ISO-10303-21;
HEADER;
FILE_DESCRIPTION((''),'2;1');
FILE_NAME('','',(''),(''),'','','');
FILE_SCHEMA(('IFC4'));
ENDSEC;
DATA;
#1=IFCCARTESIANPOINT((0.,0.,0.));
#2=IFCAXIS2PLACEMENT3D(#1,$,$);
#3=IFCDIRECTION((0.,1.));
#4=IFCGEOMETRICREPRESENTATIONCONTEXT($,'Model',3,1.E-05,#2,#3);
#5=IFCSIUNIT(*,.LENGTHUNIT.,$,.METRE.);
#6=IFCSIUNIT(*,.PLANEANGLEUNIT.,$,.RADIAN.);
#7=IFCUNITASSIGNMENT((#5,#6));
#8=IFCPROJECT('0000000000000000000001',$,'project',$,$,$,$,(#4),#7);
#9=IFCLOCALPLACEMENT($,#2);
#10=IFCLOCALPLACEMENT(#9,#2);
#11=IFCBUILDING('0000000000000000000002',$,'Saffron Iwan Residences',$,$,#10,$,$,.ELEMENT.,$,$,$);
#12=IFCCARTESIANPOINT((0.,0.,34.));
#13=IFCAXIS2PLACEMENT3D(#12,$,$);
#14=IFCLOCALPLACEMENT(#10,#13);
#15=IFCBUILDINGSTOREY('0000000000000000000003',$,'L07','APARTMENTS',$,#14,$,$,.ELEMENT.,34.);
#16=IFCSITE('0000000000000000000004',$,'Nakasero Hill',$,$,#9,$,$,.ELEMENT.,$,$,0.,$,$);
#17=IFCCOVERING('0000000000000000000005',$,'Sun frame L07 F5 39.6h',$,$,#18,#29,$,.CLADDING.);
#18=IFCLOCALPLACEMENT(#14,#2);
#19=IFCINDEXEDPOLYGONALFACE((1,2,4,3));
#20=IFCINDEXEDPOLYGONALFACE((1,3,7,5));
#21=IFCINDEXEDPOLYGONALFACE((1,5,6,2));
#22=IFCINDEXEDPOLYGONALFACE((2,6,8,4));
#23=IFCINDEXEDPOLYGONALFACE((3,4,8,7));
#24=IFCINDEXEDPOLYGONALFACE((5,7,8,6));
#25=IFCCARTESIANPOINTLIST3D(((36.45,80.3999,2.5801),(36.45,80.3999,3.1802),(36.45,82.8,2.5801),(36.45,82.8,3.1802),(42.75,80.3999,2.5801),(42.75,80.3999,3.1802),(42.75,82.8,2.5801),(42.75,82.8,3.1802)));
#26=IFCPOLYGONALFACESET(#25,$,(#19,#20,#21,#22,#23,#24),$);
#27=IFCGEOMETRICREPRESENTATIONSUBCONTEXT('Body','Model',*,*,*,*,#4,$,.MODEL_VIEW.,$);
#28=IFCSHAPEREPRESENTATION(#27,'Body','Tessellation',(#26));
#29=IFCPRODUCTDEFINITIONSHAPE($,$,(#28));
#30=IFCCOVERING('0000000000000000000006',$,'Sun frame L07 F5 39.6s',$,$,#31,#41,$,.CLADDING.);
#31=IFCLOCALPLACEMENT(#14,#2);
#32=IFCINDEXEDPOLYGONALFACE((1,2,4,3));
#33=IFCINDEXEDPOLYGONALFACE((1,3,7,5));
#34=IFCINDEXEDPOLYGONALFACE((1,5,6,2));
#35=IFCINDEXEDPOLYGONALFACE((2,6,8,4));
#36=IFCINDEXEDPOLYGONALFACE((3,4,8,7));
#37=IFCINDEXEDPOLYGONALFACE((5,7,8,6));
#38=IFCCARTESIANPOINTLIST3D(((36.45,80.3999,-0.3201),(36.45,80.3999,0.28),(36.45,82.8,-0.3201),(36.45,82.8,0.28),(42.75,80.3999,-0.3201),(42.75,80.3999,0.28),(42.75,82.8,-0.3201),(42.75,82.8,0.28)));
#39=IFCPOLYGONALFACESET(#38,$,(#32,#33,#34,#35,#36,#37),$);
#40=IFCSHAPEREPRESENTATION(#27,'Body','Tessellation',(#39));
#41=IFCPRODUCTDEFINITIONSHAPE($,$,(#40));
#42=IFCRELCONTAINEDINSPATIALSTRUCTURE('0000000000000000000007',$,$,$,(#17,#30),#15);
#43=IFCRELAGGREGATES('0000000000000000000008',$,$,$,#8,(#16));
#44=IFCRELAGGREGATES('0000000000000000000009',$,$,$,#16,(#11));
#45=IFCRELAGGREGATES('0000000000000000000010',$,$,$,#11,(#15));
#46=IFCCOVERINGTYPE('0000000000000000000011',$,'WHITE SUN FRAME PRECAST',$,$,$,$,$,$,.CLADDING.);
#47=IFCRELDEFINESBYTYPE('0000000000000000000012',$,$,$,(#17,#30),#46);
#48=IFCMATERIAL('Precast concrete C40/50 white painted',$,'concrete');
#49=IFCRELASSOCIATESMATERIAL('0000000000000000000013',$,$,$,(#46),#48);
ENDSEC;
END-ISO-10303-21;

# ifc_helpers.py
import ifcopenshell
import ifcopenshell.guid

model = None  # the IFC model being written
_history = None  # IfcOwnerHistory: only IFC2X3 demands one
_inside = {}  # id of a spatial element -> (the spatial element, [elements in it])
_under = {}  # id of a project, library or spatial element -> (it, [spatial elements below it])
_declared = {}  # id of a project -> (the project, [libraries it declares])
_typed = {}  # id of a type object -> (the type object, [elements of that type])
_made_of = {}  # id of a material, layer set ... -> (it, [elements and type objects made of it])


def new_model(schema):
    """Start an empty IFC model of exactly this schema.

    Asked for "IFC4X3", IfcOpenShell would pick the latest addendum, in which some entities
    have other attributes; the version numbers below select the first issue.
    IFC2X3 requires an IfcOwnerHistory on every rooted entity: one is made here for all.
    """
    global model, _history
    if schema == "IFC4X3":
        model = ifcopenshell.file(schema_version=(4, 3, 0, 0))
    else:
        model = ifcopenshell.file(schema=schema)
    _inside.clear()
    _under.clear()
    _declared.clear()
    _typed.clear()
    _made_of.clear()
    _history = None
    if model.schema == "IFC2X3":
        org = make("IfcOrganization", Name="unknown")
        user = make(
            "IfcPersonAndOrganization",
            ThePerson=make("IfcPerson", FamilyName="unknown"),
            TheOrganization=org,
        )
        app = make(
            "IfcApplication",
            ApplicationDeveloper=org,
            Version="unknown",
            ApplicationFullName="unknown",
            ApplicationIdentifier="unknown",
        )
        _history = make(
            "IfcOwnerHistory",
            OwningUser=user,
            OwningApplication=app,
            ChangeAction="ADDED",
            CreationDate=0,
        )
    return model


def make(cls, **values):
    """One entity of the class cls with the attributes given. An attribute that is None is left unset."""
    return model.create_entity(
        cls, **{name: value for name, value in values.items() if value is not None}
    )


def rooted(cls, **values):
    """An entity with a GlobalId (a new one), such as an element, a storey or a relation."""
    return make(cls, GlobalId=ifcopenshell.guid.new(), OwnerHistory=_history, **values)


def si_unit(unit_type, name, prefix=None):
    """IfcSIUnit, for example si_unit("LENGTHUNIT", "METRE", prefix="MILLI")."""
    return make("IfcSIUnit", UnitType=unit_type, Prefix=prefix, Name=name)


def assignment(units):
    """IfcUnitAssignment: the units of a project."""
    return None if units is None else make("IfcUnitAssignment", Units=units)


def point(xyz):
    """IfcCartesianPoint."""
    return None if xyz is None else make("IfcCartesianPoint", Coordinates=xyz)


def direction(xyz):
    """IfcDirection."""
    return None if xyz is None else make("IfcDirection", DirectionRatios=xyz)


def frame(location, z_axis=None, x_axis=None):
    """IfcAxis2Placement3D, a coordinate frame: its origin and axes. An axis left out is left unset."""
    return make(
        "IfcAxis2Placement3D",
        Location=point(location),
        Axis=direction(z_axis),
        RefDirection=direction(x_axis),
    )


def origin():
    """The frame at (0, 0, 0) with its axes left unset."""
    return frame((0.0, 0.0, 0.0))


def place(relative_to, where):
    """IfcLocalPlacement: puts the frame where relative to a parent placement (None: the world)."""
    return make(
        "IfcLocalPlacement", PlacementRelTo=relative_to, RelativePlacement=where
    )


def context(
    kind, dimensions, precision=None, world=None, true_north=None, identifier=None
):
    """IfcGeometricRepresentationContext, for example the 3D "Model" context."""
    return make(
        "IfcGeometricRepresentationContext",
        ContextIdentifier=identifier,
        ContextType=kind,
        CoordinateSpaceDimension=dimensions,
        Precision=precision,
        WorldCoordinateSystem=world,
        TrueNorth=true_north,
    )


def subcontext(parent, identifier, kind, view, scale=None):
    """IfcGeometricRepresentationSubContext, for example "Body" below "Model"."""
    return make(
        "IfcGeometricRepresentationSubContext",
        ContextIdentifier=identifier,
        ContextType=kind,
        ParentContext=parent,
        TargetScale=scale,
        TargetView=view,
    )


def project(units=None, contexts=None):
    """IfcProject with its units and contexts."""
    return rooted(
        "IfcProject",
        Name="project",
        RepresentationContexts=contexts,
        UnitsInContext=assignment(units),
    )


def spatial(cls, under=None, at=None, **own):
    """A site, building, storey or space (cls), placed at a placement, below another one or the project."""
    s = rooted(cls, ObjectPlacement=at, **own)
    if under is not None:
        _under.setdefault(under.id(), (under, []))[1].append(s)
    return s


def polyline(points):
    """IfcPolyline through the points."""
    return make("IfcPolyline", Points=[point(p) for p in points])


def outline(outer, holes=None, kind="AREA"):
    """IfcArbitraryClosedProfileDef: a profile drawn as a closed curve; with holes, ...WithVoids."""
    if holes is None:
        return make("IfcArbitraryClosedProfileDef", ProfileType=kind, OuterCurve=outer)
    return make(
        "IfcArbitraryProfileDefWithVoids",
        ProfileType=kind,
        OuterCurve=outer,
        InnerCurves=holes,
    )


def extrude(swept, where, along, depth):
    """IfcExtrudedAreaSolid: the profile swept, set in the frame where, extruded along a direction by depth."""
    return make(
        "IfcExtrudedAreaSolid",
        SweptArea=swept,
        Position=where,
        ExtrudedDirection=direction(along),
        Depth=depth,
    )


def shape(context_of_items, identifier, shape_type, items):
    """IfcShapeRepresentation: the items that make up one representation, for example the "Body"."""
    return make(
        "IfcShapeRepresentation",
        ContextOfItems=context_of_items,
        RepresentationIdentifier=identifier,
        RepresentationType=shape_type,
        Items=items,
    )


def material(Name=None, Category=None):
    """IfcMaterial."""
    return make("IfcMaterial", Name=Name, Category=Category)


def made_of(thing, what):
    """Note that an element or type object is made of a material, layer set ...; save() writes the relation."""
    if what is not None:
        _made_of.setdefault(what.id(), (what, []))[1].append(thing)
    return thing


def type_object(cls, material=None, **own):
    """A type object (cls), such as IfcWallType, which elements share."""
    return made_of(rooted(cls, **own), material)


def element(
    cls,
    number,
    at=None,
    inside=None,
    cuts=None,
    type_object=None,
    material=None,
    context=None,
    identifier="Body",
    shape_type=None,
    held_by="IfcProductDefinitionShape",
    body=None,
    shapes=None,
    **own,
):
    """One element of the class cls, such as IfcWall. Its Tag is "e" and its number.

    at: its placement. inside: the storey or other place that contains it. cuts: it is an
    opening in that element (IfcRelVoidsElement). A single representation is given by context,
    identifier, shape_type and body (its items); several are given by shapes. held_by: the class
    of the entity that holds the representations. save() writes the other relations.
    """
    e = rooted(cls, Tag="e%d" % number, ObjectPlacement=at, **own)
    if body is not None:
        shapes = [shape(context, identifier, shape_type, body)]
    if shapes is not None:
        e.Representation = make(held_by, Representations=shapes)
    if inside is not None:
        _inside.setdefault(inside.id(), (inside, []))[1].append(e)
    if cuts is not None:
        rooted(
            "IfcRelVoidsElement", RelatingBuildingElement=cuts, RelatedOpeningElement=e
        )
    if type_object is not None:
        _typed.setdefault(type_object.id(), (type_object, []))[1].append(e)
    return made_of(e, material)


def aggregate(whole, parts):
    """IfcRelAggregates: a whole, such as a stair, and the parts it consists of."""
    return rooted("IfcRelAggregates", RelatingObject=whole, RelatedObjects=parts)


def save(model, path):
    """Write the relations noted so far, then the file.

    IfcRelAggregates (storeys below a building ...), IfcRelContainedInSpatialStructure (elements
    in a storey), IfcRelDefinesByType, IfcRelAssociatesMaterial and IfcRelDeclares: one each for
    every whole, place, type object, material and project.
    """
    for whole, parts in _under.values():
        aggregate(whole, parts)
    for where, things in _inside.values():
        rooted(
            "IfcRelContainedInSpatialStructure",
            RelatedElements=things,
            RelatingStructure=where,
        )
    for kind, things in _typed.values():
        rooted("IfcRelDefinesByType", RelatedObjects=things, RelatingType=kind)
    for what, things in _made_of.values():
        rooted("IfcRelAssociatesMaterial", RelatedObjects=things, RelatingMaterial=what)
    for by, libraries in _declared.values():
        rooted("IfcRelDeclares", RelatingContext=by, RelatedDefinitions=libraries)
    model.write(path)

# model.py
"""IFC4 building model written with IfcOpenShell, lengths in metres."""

from ifc_helpers import new_model, si_unit, direction, frame, origin, place, context, subcontext, project, spatial, polyline, outline, extrude, material, type_object, element, save


model = new_model("IFC4")

# Units and contexts
model_context = context("Model", 3, precision=1e-05, world=origin(), true_north=direction((0.0, 1.0)))
body_context = subcontext(model_context, "Body", "Model", "MODEL_VIEW")
ifc_project = project(units=[si_unit("LENGTHUNIT", "METRE"), si_unit("PLANEANGLEUNIT", "RADIAN")], contexts=[model_context])

# Site, building, storey
site_placement = place(None, origin())
site = spatial("IfcSite", under=ifc_project, at=site_placement, Name="Nakasero Hill", CompositionType="ELEMENT", RefElevation=0.0)
building_placement = place(site_placement, origin())
building = spatial("IfcBuilding", under=site, at=building_placement, Name="Saffron Iwan Residences", CompositionType="ELEMENT")
storey_placement = place(building_placement, frame((0.0, 0.0, 34.0)))
storey = spatial("IfcBuildingStorey", under=building, at=storey_placement, Name="L07", Description="APARTMENTS", CompositionType="ELEMENT", Elevation=34.0)

# Coverings
ifc_material_1 = material(Name="Precast concrete C40/50 white painted", Category="concrete")
covering_type = type_object("IfcCoveringType", Name="WHITE SUN FRAME PRECAST", PredefinedType="CLADDING", material=ifc_material_1)
for number, where, z_axis, x_axis, name in (
    (1, (42.75, 80.3999, 2.5801), (0.0, 1.0, 0.0), (-1.0, 0.0, 0.0), "Sun frame L07 F5 39.6h"),
    (2, (42.75, 80.3999, -0.3201), (0.0, 1.0, 0.0), (-1.0, 0.0, 0.0), "Sun frame L07 F5 39.6s"),
):
    element("IfcCovering", number, at=place(storey_placement, frame(where, z_axis=z_axis, x_axis=x_axis)), inside=storey, type_object=covering_type, Name=name, PredefinedType="CLADDING", context=body_context, shape_type="SweptSolid", body=[
        extrude(outline(polyline([(0.0, 0.0), (6.3, 0.0), (6.3, 0.6001), (0.0, 0.6001), (0.0, 0.0)])), origin(), (0.0, 0.0, 1.0), 2.4001),
    ])

save(model, "model.ifc")
